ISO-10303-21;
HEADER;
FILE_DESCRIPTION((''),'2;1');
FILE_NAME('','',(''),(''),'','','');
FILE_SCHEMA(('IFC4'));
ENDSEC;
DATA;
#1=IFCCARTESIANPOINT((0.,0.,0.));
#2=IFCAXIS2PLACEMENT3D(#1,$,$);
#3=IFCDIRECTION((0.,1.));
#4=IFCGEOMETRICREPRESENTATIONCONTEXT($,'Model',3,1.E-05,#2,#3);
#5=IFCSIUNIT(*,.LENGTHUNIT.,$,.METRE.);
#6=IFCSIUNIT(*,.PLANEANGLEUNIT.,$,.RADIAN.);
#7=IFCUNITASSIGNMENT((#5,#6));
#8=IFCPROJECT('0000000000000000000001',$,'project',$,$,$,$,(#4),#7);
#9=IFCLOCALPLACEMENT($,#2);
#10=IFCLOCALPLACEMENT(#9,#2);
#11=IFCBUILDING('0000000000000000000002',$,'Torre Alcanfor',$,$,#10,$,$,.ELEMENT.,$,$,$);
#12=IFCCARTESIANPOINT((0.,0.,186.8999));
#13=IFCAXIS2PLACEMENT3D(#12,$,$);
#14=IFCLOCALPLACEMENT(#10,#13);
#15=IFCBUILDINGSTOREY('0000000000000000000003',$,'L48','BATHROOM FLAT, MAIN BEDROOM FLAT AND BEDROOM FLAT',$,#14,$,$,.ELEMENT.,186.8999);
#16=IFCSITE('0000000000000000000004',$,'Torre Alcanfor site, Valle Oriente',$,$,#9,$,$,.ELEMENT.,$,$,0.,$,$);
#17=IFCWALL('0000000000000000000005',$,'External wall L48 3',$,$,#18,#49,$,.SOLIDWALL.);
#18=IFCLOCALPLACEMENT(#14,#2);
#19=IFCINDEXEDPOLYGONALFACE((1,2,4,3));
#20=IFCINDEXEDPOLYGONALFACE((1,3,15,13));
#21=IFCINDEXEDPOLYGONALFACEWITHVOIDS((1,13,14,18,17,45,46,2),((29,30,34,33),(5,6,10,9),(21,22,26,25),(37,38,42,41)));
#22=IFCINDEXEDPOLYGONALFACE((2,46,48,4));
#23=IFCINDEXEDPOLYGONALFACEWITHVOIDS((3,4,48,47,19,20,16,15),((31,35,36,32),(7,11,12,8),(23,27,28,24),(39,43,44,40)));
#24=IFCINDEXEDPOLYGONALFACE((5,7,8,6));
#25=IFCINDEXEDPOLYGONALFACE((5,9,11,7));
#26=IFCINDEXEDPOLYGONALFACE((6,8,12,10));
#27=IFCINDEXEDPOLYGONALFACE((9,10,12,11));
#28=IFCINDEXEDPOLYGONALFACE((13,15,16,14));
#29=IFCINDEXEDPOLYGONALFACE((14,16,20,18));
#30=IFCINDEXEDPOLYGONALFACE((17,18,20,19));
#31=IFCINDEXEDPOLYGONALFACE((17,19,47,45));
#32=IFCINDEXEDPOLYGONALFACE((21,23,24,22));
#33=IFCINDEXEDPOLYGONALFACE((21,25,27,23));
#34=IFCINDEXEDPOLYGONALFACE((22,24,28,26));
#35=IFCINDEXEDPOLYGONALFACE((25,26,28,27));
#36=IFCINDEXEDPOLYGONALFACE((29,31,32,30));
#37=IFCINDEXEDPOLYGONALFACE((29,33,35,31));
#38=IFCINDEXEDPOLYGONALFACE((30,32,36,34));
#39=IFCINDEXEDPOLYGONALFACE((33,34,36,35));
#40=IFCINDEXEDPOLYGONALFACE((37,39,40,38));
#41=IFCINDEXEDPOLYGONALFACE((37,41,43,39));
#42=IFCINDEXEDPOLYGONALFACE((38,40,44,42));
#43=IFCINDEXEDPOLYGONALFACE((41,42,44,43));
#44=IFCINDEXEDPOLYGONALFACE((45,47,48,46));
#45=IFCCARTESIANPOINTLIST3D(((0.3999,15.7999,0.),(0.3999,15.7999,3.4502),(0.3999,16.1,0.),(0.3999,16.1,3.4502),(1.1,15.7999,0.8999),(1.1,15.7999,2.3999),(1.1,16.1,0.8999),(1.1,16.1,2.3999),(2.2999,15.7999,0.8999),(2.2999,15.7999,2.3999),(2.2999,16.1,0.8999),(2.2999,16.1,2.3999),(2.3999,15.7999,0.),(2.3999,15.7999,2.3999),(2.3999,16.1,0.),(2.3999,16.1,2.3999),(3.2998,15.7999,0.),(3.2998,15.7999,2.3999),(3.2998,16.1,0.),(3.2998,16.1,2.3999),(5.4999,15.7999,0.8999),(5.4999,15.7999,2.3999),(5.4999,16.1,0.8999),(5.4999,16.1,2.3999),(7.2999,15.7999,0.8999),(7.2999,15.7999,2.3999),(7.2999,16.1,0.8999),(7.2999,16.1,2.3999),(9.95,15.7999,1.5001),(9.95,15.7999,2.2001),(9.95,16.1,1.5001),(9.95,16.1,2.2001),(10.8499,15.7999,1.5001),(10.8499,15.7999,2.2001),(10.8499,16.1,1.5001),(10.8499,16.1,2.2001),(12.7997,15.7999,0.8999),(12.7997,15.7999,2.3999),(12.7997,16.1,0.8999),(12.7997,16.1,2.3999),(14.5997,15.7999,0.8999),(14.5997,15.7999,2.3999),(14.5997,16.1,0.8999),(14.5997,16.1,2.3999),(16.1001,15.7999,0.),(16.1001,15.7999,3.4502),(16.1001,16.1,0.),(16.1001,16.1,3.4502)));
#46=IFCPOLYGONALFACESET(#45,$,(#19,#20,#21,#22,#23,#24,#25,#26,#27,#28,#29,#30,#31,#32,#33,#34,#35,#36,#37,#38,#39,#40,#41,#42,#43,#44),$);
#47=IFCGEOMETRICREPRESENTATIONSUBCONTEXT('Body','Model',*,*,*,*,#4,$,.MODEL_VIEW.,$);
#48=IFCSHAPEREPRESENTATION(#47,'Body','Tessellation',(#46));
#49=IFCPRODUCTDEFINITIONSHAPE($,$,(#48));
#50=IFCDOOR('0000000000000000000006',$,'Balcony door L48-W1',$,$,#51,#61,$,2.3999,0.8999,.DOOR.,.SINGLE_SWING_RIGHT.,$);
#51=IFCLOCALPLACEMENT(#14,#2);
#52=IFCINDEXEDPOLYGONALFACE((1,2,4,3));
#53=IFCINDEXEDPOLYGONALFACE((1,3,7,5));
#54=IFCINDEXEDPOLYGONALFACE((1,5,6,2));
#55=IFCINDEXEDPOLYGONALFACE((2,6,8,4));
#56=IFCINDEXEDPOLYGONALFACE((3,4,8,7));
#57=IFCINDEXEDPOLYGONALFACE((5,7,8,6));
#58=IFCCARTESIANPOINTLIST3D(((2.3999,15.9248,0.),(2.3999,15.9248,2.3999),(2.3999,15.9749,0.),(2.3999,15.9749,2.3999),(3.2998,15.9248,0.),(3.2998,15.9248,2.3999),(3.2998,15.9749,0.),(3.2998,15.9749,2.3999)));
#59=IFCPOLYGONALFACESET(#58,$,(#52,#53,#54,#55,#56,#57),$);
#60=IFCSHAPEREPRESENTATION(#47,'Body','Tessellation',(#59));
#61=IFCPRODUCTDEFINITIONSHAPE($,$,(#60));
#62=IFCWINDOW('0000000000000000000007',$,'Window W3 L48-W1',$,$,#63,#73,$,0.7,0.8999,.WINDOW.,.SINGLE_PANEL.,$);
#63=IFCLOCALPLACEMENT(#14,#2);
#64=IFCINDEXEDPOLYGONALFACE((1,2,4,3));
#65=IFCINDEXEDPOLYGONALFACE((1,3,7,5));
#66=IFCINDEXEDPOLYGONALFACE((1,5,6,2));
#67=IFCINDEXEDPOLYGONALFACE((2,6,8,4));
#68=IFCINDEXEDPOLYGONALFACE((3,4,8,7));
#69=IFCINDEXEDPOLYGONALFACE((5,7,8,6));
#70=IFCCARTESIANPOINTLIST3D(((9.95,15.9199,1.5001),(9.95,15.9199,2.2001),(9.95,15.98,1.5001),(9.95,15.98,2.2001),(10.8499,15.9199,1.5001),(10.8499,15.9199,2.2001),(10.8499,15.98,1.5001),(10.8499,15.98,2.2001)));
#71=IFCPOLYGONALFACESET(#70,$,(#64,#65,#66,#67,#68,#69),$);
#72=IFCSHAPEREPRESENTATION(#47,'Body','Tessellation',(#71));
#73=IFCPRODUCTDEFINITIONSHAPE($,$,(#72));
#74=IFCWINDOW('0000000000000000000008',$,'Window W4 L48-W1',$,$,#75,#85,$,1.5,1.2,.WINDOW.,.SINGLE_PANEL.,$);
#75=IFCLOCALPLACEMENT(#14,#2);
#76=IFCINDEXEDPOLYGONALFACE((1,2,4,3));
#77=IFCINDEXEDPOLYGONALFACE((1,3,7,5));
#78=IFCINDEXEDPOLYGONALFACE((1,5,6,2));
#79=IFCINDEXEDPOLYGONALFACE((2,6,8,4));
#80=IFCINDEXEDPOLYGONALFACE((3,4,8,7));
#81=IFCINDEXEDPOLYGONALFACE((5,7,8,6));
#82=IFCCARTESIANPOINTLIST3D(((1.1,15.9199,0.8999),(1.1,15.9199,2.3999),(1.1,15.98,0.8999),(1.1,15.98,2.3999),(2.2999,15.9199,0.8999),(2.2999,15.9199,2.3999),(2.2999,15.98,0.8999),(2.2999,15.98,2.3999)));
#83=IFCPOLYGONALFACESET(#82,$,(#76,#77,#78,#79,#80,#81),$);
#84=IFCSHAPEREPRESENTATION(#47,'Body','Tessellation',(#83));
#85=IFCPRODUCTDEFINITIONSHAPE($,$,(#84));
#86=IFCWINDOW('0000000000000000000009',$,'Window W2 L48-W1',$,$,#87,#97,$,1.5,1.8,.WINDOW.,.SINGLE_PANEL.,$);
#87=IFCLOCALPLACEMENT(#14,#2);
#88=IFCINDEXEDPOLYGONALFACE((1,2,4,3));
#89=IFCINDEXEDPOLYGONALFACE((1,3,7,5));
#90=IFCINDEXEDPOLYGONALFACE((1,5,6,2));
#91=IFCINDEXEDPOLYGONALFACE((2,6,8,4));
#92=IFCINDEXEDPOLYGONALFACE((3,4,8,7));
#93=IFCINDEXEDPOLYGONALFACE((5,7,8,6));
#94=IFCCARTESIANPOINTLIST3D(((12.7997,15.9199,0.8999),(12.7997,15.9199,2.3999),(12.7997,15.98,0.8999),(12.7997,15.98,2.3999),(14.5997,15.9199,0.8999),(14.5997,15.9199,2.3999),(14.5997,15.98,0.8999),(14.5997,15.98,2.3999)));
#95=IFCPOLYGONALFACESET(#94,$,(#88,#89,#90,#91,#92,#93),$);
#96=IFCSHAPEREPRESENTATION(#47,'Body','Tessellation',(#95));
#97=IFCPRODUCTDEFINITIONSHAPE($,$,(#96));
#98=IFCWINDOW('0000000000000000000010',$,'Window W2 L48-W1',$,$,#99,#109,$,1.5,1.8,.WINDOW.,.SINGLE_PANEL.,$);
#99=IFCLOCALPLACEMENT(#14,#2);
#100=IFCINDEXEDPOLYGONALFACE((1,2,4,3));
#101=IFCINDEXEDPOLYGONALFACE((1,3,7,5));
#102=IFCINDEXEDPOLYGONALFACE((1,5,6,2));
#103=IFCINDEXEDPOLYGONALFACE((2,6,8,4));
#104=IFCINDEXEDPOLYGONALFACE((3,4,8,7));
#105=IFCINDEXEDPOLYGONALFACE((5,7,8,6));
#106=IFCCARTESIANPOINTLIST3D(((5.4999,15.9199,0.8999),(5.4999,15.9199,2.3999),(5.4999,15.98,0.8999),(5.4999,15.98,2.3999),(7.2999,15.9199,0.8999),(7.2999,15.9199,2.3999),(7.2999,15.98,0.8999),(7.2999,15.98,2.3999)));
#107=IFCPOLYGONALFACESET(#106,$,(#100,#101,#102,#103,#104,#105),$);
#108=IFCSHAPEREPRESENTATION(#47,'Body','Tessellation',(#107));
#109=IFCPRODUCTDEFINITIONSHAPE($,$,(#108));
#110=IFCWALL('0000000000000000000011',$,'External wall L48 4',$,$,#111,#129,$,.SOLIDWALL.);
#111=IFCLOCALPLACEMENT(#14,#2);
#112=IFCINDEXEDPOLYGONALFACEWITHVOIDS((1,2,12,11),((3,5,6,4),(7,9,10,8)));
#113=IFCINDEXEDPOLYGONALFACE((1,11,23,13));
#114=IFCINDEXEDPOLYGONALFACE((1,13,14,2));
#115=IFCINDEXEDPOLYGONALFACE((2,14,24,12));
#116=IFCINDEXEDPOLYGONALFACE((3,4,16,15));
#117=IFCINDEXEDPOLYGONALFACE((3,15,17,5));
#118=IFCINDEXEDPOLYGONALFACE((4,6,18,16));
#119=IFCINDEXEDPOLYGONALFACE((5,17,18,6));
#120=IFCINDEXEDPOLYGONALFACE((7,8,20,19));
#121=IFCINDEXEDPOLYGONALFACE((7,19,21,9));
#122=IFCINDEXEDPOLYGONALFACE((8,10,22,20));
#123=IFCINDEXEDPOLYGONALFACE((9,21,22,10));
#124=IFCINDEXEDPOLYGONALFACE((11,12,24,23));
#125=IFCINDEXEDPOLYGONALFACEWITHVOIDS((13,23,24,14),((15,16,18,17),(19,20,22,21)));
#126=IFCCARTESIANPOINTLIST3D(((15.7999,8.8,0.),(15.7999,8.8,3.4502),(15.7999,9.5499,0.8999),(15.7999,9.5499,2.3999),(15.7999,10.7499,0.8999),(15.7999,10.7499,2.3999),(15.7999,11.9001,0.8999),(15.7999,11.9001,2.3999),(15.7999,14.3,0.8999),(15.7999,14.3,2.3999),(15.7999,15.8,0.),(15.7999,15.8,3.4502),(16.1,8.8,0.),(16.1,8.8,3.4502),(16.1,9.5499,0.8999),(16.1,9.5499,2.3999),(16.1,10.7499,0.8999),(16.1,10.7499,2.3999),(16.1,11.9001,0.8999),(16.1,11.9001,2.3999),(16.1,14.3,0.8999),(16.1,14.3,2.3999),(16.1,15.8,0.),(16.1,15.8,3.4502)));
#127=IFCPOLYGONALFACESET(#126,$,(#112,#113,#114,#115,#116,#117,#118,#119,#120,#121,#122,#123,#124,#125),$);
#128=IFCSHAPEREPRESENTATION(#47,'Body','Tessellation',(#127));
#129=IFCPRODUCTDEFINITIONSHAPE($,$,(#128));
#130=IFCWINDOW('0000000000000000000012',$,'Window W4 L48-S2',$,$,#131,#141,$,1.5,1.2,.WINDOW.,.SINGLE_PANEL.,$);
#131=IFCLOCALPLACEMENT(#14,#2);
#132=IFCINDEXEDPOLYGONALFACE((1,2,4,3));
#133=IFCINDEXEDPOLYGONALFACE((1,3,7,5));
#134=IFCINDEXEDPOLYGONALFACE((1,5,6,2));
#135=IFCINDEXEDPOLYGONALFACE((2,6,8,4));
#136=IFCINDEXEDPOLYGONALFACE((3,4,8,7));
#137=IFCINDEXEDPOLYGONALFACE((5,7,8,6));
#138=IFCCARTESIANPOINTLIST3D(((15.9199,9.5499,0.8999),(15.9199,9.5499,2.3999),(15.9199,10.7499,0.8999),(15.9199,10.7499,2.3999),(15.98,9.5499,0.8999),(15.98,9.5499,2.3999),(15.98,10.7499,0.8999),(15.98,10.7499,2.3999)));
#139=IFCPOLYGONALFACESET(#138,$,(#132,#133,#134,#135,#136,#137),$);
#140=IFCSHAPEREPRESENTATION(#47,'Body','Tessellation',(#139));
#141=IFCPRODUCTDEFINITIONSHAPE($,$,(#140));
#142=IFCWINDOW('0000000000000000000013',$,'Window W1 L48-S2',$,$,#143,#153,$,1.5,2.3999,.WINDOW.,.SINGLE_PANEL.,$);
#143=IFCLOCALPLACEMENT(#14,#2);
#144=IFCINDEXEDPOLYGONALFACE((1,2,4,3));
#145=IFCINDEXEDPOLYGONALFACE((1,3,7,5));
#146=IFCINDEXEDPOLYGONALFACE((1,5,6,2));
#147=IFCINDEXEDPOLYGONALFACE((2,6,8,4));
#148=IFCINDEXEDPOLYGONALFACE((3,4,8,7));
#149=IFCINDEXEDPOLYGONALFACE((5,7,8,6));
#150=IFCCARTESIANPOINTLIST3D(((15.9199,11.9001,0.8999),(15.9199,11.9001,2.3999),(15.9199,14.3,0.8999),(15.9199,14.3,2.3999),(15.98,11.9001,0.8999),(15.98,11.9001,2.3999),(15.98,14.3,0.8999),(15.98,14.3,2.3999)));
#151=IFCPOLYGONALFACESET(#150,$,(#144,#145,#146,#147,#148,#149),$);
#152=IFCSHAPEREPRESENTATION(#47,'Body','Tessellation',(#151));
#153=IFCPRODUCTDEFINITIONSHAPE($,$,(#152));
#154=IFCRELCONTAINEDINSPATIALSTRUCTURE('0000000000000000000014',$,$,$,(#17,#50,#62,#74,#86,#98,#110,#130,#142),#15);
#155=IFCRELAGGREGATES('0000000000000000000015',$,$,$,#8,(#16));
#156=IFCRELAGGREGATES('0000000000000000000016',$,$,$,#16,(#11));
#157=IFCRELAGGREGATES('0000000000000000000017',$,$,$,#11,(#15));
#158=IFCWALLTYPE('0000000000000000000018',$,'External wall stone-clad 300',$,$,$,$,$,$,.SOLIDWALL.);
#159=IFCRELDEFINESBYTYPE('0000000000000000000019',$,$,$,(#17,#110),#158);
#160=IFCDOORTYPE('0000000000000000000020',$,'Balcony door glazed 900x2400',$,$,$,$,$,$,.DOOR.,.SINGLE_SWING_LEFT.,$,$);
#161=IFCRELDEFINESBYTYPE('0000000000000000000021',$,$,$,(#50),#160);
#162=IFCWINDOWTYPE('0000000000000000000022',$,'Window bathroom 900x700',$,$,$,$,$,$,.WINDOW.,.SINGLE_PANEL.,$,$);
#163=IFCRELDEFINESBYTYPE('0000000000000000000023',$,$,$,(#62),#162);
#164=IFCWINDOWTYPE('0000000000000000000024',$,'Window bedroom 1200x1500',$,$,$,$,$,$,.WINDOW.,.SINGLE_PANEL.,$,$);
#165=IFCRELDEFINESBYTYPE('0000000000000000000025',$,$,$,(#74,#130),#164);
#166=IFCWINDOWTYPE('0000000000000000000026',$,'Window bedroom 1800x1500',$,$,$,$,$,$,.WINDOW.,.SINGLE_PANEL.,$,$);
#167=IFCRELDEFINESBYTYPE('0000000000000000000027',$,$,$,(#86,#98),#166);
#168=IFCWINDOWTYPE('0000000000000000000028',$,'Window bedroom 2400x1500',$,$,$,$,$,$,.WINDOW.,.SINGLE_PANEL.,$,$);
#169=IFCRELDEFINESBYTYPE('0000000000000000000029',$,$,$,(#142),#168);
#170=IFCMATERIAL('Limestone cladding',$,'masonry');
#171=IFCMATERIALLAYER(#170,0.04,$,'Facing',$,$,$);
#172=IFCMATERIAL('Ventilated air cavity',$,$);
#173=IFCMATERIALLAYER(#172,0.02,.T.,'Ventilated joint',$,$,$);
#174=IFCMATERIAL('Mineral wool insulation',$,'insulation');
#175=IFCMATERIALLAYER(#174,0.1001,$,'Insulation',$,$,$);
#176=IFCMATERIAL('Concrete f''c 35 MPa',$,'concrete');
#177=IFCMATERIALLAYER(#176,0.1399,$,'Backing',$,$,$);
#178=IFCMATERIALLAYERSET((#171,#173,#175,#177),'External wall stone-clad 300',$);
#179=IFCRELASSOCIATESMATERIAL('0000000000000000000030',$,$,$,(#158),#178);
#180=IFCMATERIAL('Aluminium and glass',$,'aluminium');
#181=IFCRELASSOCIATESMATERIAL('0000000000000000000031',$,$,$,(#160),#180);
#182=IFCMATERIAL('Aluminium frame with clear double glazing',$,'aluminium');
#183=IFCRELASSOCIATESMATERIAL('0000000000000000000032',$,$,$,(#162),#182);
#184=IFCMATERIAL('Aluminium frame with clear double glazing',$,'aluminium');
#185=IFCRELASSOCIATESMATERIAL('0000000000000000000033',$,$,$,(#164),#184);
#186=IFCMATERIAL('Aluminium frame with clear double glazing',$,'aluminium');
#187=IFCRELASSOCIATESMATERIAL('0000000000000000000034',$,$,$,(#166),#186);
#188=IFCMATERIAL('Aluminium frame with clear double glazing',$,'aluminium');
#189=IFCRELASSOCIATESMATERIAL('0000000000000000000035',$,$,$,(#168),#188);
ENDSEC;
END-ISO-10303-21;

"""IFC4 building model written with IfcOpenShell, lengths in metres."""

from ifc_helpers import new_model, si_unit, direction, frame, frame_2d, origin, place, context, subcontext, project, spatial, rectangle, extrude, material, layer, layer_set, type_object, element, fill, save


model = new_model("IFC4")

# Units and contexts
model_context = context("Model", 3, precision=1e-05, world=origin(), true_north=direction((0.0, 1.0)))
body_context = subcontext(model_context, "Body", "Model", "MODEL_VIEW")
ifc_project = project(units=[si_unit("LENGTHUNIT", "METRE"), si_unit("PLANEANGLEUNIT", "RADIAN")], contexts=[model_context])

# Site, building, storey
site_placement = place(None, origin())
site = spatial("IfcSite", under=ifc_project, at=site_placement, Name="Torre Alcanfor site, Valle Oriente", CompositionType="ELEMENT", RefElevation=0.0)
building_placement = place(site_placement, origin())
building = spatial("IfcBuilding", under=site, at=building_placement, Name="Torre Alcanfor", CompositionType="ELEMENT")
storey_placement = place(building_placement, frame((0.0, 0.0, 186.8999)))
storey = spatial("IfcBuildingStorey", under=building, at=storey_placement, Name="L48", Description="BATHROOM FLAT, MAIN BEDROOM FLAT AND BEDROOM FLAT", CompositionType="ELEMENT", Elevation=186.8999)

# Wall, openings, door, windows
ifc_material_1 = material(Name="Limestone cladding", Category="masonry")
ifc_layer_1 = layer(ifc_material_1, 0.04, Name="Facing")
ifc_material_2 = material(Name="Ventilated air cavity")
ifc_layer_2 = layer(ifc_material_2, 0.02, ventilated=True, Name="Ventilated joint")
ifc_material_3 = material(Name="Mineral wool insulation", Category="insulation")
ifc_layer_3 = layer(ifc_material_3, 0.1001, Name="Insulation")
ifc_material_4 = material(Name="Concrete f'c 35 MPa", Category="concrete")
ifc_layer_4 = layer(ifc_material_4, 0.1399, Name="Backing")
ifc_layer_set_1 = layer_set([ifc_layer_1, ifc_layer_2, ifc_layer_3, ifc_layer_4], Name="External wall stone-clad 300")
wall_type_1 = type_object("IfcWallType", Name="External wall stone-clad 300", PredefinedType="SOLIDWALL", material=ifc_layer_set_1)
wall_1_placement = place(storey_placement, frame((0.3999, 15.95, 0.0), z_axis=(0.0, 0.0, 1.0), x_axis=(1.0, 0.0, 0.0)))
wall_1 = element("IfcWall", 1, at=wall_1_placement, inside=storey, type_object=wall_type_1, Name="External wall L48 3", PredefinedType="SOLIDWALL", context=body_context, shape_type="SweptSolid", body=[
    extrude(rectangle(XDim=15.7002, YDim=0.3, at=frame_2d((7.8501, 0.0))), origin(), (0.0, 0.0, 1.0), 3.4502),
])
opening_1_placement = place(wall_1_placement, frame((12.3999, 0.0, 0.8999)))
opening_1 = element("IfcOpeningElement", 2, at=opening_1_placement, cuts=wall_1, PredefinedType="OPENING", context=body_context, shape_type="SweptSolid", body=[
    extrude(rectangle(XDim=1.8, YDim=1.5, at=frame_2d((0.8999, 0.75))), frame((0.0, 0.1599, 0.0), z_axis=(0.0, -1.0, 0.0), x_axis=(1.0, 0.0, 0.0)), (0.0, 0.0, 1.0), 0.3201),
])
opening_2_placement = place(wall_1_placement, frame((9.55, 0.0, 1.5)))
opening_2 = element("IfcOpeningElement", 3, at=opening_2_placement, cuts=wall_1, PredefinedType="OPENING", context=body_context, shape_type="SweptSolid", body=[
    extrude(rectangle(XDim=0.8999, YDim=0.7, at=frame_2d((0.45, 0.3501))), frame((0.0, 0.1599, 0.0), z_axis=(0.0, -1.0, 0.0), x_axis=(1.0, 0.0, 0.0)), (0.0, 0.0, 1.0), 0.3201),
])
opening_3_placement = place(wall_1_placement, frame((5.1001, 0.0, 0.8999)))
opening_3 = element("IfcOpeningElement", 4, at=opening_3_placement, cuts=wall_1, PredefinedType="OPENING", context=body_context, shape_type="SweptSolid", body=[
    extrude(rectangle(XDim=1.8, YDim=1.5, at=frame_2d((0.8999, 0.75))), frame((0.0, 0.1599, 0.0), z_axis=(0.0, -1.0, 0.0), x_axis=(1.0, 0.0, 0.0)), (0.0, 0.0, 1.0), 0.3201),
])
opening_4_placement = place(wall_1_placement, frame((2.0, 0.0, 0.0)))
opening_4 = element("IfcOpeningElement", 5, at=opening_4_placement, cuts=wall_1, PredefinedType="OPENING", context=body_context, shape_type="SweptSolid", body=[
    extrude(rectangle(XDim=0.8999, YDim=2.3999, at=frame_2d((0.45, 1.2))), frame((0.0, 0.1599, 0.0), z_axis=(0.0, -1.0, 0.0), x_axis=(1.0, 0.0, 0.0)), (0.0, 0.0, 1.0), 0.3201),
])
opening_5_placement = place(wall_1_placement, frame((0.7, 0.0, 0.8999)))
opening_5 = element("IfcOpeningElement", 6, at=opening_5_placement, cuts=wall_1, PredefinedType="OPENING", context=body_context, shape_type="SweptSolid", body=[
    extrude(rectangle(XDim=1.2, YDim=1.5, at=frame_2d((0.6001, 0.75))), frame((0.0, 0.1599, 0.0), z_axis=(0.0, -1.0, 0.0), x_axis=(1.0, 0.0, 0.0)), (0.0, 0.0, 1.0), 0.3201),
])
ifc_material_5 = material(Name="Aluminium and glass", Category="aluminium")
door_type = type_object("IfcDoorType", Name="Balcony door glazed 900x2400", OperationType="SINGLE_SWING_LEFT", PredefinedType="DOOR", material=ifc_material_5)
door_placement = place(opening_4_placement, origin())
door = element("IfcDoor", 7, at=door_placement, inside=storey, type_object=door_type, Name="Balcony door L48-W1", OperationType="SINGLE_SWING_RIGHT", OverallHeight=2.3999, OverallWidth=0.8999, PredefinedType="DOOR", context=body_context, shape_type="SweptSolid", body=[
    extrude(rectangle(XDim=0.8999, YDim=2.3999, at=frame_2d((0.45, 1.2))), frame((0.0, 0.0249, 0.0), z_axis=(0.0, -1.0, 0.0), x_axis=(1.0, 0.0, 0.0)), (0.0, 0.0, 1.0), 0.05),
])
fill(opening_4, door)
ifc_material_6 = material(Name="Aluminium frame with clear double glazing", Category="aluminium")
window_type_1 = type_object("IfcWindowType", Name="Window bathroom 900x700", PartitioningType="SINGLE_PANEL", PredefinedType="WINDOW", material=ifc_material_6)
window_1_placement = place(opening_2_placement, origin())
window_1 = element("IfcWindow", 8, at=window_1_placement, inside=storey, type_object=window_type_1, Name="Window W3 L48-W1", OverallHeight=0.7, OverallWidth=0.8999, PartitioningType="SINGLE_PANEL", PredefinedType="WINDOW", context=body_context, shape_type="SweptSolid", body=[
    extrude(rectangle(XDim=0.8999, YDim=0.7, at=frame_2d((0.45, 0.3501))), frame((0.0, 0.03, 0.0), z_axis=(0.0, -1.0, 0.0), x_axis=(1.0, 0.0, 0.0)), (0.0, 0.0, 1.0), 0.0601),
])
fill(opening_2, window_1)
ifc_material_7 = material(Name="Aluminium frame with clear double glazing", Category="aluminium")
window_type_2 = type_object("IfcWindowType", Name="Window bedroom 1200x1500", PartitioningType="SINGLE_PANEL", PredefinedType="WINDOW", material=ifc_material_7)
window_2_placement = place(opening_5_placement, origin())
window_2 = element("IfcWindow", 9, at=window_2_placement, inside=storey, type_object=window_type_2, Name="Window W4 L48-W1", OverallHeight=1.5, OverallWidth=1.2, PartitioningType="SINGLE_PANEL", PredefinedType="WINDOW", context=body_context, shape_type="SweptSolid", body=[
    extrude(rectangle(XDim=1.2, YDim=1.5, at=frame_2d((0.6001, 0.75))), frame((0.0, 0.03, 0.0), z_axis=(0.0, -1.0, 0.0), x_axis=(1.0, 0.0, 0.0)), (0.0, 0.0, 1.0), 0.0601),
])
fill(opening_5, window_2)
ifc_material_8 = material(Name="Aluminium frame with clear double glazing", Category="aluminium")
window_type_3 = type_object("IfcWindowType", Name="Window bedroom 1800x1500", PartitioningType="SINGLE_PANEL", PredefinedType="WINDOW", material=ifc_material_8)
window_3_placement = place(opening_1_placement, origin())
window_3 = element("IfcWindow", 10, at=window_3_placement, inside=storey, type_object=window_type_3, Name="Window W2 L48-W1", OverallHeight=1.5, OverallWidth=1.8, PartitioningType="SINGLE_PANEL", PredefinedType="WINDOW", context=body_context, shape_type="SweptSolid", body=[
    extrude(rectangle(XDim=1.8, YDim=1.5, at=frame_2d((0.8999, 0.75))), frame((0.0, 0.03, 0.0), z_axis=(0.0, -1.0, 0.0), x_axis=(1.0, 0.0, 0.0)), (0.0, 0.0, 1.0), 0.0601),
])
fill(opening_1, window_3)
window_4_placement = place(opening_3_placement, origin())
window_4 = element("IfcWindow", 11, at=window_4_placement, inside=storey, type_object=window_type_3, Name="Window W2 L48-W1", OverallHeight=1.5, OverallWidth=1.8, PartitioningType="SINGLE_PANEL", PredefinedType="WINDOW", context=body_context, shape_type="SweptSolid", body=[
    extrude(rectangle(XDim=1.8, YDim=1.5, at=frame_2d((0.8999, 0.75))), frame((0.0, 0.03, 0.0), z_axis=(0.0, -1.0, 0.0), x_axis=(1.0, 0.0, 0.0)), (0.0, 0.0, 1.0), 0.0601),
])
fill(opening_3, window_4)

# Wall, openings, windows
wall_2_placement = place(storey_placement, frame((15.95, 15.8, 0.0), z_axis=(0.0, 0.0, 1.0), x_axis=(0.0, -1.0, 0.0)))
wall_2 = element("IfcWall", 12, at=wall_2_placement, inside=storey, type_object=wall_type_1, Name="External wall L48 4", PredefinedType="SOLIDWALL", context=body_context, shape_type="SweptSolid", body=[
    extrude(rectangle(XDim=7.0, YDim=0.3, at=frame_2d((3.5, 0.0))), origin(), (0.0, 0.0, 1.0), 3.4502),
])
opening_6_placement = place(wall_2_placement, frame((1.5, 0.0, 0.8999)))
opening_6 = element("IfcOpeningElement", 13, at=opening_6_placement, cuts=wall_2, PredefinedType="OPENING", context=body_context, shape_type="SweptSolid", body=[
    extrude(rectangle(XDim=2.3999, YDim=1.5, at=frame_2d((1.2, 0.75))), frame((0.0, 0.1599, 0.0), z_axis=(0.0, -1.0, 0.0), x_axis=(1.0, 0.0, 0.0)), (0.0, 0.0, 1.0), 0.3201),
])
opening_7_placement = place(wall_2_placement, frame((5.05, 0.0, 0.8999)))
opening_7 = element("IfcOpeningElement", 14, at=opening_7_placement, cuts=wall_2, PredefinedType="OPENING", context=body_context, shape_type="SweptSolid", body=[
    extrude(rectangle(XDim=1.2, YDim=1.5, at=frame_2d((0.6001, 0.75))), frame((0.0, 0.1599, 0.0), z_axis=(0.0, -1.0, 0.0), x_axis=(1.0, 0.0, 0.0)), (0.0, 0.0, 1.0), 0.3201),
])
window_5_placement = place(opening_7_placement, origin())
window_5 = element("IfcWindow", 15, at=window_5_placement, inside=storey, type_object=window_type_2, Name="Window W4 L48-S2", OverallHeight=1.5, OverallWidth=1.2, PartitioningType="SINGLE_PANEL", PredefinedType="WINDOW", context=body_context, shape_type="SweptSolid", body=[
    extrude(rectangle(XDim=1.2, YDim=1.5, at=frame_2d((0.6001, 0.75))), frame((0.0, 0.03, 0.0), z_axis=(0.0, -1.0, 0.0), x_axis=(1.0, 0.0, 0.0)), (0.0, 0.0, 1.0), 0.0601),
])
fill(opening_7, window_5)
ifc_material_9 = material(Name="Aluminium frame with clear double glazing", Category="aluminium")
window_type_4 = type_object("IfcWindowType", Name="Window bedroom 2400x1500", PartitioningType="SINGLE_PANEL", PredefinedType="WINDOW", material=ifc_material_9)
window_6_placement = place(opening_6_placement, origin())
window_6 = element("IfcWindow", 16, at=window_6_placement, inside=storey, type_object=window_type_4, Name="Window W1 L48-S2", OverallHeight=1.5, OverallWidth=2.3999, PartitioningType="SINGLE_PANEL", PredefinedType="WINDOW", context=body_context, shape_type="SweptSolid", body=[
    extrude(rectangle(XDim=2.3999, YDim=1.5, at=frame_2d((1.2, 0.75))), frame((0.0, 0.03, 0.0), z_axis=(0.0, -1.0, 0.0), x_axis=(1.0, 0.0, 0.0)), (0.0, 0.0, 1.0), 0.0601),
])
fill(opening_6, window_6)

save(model, "model.ifc")
